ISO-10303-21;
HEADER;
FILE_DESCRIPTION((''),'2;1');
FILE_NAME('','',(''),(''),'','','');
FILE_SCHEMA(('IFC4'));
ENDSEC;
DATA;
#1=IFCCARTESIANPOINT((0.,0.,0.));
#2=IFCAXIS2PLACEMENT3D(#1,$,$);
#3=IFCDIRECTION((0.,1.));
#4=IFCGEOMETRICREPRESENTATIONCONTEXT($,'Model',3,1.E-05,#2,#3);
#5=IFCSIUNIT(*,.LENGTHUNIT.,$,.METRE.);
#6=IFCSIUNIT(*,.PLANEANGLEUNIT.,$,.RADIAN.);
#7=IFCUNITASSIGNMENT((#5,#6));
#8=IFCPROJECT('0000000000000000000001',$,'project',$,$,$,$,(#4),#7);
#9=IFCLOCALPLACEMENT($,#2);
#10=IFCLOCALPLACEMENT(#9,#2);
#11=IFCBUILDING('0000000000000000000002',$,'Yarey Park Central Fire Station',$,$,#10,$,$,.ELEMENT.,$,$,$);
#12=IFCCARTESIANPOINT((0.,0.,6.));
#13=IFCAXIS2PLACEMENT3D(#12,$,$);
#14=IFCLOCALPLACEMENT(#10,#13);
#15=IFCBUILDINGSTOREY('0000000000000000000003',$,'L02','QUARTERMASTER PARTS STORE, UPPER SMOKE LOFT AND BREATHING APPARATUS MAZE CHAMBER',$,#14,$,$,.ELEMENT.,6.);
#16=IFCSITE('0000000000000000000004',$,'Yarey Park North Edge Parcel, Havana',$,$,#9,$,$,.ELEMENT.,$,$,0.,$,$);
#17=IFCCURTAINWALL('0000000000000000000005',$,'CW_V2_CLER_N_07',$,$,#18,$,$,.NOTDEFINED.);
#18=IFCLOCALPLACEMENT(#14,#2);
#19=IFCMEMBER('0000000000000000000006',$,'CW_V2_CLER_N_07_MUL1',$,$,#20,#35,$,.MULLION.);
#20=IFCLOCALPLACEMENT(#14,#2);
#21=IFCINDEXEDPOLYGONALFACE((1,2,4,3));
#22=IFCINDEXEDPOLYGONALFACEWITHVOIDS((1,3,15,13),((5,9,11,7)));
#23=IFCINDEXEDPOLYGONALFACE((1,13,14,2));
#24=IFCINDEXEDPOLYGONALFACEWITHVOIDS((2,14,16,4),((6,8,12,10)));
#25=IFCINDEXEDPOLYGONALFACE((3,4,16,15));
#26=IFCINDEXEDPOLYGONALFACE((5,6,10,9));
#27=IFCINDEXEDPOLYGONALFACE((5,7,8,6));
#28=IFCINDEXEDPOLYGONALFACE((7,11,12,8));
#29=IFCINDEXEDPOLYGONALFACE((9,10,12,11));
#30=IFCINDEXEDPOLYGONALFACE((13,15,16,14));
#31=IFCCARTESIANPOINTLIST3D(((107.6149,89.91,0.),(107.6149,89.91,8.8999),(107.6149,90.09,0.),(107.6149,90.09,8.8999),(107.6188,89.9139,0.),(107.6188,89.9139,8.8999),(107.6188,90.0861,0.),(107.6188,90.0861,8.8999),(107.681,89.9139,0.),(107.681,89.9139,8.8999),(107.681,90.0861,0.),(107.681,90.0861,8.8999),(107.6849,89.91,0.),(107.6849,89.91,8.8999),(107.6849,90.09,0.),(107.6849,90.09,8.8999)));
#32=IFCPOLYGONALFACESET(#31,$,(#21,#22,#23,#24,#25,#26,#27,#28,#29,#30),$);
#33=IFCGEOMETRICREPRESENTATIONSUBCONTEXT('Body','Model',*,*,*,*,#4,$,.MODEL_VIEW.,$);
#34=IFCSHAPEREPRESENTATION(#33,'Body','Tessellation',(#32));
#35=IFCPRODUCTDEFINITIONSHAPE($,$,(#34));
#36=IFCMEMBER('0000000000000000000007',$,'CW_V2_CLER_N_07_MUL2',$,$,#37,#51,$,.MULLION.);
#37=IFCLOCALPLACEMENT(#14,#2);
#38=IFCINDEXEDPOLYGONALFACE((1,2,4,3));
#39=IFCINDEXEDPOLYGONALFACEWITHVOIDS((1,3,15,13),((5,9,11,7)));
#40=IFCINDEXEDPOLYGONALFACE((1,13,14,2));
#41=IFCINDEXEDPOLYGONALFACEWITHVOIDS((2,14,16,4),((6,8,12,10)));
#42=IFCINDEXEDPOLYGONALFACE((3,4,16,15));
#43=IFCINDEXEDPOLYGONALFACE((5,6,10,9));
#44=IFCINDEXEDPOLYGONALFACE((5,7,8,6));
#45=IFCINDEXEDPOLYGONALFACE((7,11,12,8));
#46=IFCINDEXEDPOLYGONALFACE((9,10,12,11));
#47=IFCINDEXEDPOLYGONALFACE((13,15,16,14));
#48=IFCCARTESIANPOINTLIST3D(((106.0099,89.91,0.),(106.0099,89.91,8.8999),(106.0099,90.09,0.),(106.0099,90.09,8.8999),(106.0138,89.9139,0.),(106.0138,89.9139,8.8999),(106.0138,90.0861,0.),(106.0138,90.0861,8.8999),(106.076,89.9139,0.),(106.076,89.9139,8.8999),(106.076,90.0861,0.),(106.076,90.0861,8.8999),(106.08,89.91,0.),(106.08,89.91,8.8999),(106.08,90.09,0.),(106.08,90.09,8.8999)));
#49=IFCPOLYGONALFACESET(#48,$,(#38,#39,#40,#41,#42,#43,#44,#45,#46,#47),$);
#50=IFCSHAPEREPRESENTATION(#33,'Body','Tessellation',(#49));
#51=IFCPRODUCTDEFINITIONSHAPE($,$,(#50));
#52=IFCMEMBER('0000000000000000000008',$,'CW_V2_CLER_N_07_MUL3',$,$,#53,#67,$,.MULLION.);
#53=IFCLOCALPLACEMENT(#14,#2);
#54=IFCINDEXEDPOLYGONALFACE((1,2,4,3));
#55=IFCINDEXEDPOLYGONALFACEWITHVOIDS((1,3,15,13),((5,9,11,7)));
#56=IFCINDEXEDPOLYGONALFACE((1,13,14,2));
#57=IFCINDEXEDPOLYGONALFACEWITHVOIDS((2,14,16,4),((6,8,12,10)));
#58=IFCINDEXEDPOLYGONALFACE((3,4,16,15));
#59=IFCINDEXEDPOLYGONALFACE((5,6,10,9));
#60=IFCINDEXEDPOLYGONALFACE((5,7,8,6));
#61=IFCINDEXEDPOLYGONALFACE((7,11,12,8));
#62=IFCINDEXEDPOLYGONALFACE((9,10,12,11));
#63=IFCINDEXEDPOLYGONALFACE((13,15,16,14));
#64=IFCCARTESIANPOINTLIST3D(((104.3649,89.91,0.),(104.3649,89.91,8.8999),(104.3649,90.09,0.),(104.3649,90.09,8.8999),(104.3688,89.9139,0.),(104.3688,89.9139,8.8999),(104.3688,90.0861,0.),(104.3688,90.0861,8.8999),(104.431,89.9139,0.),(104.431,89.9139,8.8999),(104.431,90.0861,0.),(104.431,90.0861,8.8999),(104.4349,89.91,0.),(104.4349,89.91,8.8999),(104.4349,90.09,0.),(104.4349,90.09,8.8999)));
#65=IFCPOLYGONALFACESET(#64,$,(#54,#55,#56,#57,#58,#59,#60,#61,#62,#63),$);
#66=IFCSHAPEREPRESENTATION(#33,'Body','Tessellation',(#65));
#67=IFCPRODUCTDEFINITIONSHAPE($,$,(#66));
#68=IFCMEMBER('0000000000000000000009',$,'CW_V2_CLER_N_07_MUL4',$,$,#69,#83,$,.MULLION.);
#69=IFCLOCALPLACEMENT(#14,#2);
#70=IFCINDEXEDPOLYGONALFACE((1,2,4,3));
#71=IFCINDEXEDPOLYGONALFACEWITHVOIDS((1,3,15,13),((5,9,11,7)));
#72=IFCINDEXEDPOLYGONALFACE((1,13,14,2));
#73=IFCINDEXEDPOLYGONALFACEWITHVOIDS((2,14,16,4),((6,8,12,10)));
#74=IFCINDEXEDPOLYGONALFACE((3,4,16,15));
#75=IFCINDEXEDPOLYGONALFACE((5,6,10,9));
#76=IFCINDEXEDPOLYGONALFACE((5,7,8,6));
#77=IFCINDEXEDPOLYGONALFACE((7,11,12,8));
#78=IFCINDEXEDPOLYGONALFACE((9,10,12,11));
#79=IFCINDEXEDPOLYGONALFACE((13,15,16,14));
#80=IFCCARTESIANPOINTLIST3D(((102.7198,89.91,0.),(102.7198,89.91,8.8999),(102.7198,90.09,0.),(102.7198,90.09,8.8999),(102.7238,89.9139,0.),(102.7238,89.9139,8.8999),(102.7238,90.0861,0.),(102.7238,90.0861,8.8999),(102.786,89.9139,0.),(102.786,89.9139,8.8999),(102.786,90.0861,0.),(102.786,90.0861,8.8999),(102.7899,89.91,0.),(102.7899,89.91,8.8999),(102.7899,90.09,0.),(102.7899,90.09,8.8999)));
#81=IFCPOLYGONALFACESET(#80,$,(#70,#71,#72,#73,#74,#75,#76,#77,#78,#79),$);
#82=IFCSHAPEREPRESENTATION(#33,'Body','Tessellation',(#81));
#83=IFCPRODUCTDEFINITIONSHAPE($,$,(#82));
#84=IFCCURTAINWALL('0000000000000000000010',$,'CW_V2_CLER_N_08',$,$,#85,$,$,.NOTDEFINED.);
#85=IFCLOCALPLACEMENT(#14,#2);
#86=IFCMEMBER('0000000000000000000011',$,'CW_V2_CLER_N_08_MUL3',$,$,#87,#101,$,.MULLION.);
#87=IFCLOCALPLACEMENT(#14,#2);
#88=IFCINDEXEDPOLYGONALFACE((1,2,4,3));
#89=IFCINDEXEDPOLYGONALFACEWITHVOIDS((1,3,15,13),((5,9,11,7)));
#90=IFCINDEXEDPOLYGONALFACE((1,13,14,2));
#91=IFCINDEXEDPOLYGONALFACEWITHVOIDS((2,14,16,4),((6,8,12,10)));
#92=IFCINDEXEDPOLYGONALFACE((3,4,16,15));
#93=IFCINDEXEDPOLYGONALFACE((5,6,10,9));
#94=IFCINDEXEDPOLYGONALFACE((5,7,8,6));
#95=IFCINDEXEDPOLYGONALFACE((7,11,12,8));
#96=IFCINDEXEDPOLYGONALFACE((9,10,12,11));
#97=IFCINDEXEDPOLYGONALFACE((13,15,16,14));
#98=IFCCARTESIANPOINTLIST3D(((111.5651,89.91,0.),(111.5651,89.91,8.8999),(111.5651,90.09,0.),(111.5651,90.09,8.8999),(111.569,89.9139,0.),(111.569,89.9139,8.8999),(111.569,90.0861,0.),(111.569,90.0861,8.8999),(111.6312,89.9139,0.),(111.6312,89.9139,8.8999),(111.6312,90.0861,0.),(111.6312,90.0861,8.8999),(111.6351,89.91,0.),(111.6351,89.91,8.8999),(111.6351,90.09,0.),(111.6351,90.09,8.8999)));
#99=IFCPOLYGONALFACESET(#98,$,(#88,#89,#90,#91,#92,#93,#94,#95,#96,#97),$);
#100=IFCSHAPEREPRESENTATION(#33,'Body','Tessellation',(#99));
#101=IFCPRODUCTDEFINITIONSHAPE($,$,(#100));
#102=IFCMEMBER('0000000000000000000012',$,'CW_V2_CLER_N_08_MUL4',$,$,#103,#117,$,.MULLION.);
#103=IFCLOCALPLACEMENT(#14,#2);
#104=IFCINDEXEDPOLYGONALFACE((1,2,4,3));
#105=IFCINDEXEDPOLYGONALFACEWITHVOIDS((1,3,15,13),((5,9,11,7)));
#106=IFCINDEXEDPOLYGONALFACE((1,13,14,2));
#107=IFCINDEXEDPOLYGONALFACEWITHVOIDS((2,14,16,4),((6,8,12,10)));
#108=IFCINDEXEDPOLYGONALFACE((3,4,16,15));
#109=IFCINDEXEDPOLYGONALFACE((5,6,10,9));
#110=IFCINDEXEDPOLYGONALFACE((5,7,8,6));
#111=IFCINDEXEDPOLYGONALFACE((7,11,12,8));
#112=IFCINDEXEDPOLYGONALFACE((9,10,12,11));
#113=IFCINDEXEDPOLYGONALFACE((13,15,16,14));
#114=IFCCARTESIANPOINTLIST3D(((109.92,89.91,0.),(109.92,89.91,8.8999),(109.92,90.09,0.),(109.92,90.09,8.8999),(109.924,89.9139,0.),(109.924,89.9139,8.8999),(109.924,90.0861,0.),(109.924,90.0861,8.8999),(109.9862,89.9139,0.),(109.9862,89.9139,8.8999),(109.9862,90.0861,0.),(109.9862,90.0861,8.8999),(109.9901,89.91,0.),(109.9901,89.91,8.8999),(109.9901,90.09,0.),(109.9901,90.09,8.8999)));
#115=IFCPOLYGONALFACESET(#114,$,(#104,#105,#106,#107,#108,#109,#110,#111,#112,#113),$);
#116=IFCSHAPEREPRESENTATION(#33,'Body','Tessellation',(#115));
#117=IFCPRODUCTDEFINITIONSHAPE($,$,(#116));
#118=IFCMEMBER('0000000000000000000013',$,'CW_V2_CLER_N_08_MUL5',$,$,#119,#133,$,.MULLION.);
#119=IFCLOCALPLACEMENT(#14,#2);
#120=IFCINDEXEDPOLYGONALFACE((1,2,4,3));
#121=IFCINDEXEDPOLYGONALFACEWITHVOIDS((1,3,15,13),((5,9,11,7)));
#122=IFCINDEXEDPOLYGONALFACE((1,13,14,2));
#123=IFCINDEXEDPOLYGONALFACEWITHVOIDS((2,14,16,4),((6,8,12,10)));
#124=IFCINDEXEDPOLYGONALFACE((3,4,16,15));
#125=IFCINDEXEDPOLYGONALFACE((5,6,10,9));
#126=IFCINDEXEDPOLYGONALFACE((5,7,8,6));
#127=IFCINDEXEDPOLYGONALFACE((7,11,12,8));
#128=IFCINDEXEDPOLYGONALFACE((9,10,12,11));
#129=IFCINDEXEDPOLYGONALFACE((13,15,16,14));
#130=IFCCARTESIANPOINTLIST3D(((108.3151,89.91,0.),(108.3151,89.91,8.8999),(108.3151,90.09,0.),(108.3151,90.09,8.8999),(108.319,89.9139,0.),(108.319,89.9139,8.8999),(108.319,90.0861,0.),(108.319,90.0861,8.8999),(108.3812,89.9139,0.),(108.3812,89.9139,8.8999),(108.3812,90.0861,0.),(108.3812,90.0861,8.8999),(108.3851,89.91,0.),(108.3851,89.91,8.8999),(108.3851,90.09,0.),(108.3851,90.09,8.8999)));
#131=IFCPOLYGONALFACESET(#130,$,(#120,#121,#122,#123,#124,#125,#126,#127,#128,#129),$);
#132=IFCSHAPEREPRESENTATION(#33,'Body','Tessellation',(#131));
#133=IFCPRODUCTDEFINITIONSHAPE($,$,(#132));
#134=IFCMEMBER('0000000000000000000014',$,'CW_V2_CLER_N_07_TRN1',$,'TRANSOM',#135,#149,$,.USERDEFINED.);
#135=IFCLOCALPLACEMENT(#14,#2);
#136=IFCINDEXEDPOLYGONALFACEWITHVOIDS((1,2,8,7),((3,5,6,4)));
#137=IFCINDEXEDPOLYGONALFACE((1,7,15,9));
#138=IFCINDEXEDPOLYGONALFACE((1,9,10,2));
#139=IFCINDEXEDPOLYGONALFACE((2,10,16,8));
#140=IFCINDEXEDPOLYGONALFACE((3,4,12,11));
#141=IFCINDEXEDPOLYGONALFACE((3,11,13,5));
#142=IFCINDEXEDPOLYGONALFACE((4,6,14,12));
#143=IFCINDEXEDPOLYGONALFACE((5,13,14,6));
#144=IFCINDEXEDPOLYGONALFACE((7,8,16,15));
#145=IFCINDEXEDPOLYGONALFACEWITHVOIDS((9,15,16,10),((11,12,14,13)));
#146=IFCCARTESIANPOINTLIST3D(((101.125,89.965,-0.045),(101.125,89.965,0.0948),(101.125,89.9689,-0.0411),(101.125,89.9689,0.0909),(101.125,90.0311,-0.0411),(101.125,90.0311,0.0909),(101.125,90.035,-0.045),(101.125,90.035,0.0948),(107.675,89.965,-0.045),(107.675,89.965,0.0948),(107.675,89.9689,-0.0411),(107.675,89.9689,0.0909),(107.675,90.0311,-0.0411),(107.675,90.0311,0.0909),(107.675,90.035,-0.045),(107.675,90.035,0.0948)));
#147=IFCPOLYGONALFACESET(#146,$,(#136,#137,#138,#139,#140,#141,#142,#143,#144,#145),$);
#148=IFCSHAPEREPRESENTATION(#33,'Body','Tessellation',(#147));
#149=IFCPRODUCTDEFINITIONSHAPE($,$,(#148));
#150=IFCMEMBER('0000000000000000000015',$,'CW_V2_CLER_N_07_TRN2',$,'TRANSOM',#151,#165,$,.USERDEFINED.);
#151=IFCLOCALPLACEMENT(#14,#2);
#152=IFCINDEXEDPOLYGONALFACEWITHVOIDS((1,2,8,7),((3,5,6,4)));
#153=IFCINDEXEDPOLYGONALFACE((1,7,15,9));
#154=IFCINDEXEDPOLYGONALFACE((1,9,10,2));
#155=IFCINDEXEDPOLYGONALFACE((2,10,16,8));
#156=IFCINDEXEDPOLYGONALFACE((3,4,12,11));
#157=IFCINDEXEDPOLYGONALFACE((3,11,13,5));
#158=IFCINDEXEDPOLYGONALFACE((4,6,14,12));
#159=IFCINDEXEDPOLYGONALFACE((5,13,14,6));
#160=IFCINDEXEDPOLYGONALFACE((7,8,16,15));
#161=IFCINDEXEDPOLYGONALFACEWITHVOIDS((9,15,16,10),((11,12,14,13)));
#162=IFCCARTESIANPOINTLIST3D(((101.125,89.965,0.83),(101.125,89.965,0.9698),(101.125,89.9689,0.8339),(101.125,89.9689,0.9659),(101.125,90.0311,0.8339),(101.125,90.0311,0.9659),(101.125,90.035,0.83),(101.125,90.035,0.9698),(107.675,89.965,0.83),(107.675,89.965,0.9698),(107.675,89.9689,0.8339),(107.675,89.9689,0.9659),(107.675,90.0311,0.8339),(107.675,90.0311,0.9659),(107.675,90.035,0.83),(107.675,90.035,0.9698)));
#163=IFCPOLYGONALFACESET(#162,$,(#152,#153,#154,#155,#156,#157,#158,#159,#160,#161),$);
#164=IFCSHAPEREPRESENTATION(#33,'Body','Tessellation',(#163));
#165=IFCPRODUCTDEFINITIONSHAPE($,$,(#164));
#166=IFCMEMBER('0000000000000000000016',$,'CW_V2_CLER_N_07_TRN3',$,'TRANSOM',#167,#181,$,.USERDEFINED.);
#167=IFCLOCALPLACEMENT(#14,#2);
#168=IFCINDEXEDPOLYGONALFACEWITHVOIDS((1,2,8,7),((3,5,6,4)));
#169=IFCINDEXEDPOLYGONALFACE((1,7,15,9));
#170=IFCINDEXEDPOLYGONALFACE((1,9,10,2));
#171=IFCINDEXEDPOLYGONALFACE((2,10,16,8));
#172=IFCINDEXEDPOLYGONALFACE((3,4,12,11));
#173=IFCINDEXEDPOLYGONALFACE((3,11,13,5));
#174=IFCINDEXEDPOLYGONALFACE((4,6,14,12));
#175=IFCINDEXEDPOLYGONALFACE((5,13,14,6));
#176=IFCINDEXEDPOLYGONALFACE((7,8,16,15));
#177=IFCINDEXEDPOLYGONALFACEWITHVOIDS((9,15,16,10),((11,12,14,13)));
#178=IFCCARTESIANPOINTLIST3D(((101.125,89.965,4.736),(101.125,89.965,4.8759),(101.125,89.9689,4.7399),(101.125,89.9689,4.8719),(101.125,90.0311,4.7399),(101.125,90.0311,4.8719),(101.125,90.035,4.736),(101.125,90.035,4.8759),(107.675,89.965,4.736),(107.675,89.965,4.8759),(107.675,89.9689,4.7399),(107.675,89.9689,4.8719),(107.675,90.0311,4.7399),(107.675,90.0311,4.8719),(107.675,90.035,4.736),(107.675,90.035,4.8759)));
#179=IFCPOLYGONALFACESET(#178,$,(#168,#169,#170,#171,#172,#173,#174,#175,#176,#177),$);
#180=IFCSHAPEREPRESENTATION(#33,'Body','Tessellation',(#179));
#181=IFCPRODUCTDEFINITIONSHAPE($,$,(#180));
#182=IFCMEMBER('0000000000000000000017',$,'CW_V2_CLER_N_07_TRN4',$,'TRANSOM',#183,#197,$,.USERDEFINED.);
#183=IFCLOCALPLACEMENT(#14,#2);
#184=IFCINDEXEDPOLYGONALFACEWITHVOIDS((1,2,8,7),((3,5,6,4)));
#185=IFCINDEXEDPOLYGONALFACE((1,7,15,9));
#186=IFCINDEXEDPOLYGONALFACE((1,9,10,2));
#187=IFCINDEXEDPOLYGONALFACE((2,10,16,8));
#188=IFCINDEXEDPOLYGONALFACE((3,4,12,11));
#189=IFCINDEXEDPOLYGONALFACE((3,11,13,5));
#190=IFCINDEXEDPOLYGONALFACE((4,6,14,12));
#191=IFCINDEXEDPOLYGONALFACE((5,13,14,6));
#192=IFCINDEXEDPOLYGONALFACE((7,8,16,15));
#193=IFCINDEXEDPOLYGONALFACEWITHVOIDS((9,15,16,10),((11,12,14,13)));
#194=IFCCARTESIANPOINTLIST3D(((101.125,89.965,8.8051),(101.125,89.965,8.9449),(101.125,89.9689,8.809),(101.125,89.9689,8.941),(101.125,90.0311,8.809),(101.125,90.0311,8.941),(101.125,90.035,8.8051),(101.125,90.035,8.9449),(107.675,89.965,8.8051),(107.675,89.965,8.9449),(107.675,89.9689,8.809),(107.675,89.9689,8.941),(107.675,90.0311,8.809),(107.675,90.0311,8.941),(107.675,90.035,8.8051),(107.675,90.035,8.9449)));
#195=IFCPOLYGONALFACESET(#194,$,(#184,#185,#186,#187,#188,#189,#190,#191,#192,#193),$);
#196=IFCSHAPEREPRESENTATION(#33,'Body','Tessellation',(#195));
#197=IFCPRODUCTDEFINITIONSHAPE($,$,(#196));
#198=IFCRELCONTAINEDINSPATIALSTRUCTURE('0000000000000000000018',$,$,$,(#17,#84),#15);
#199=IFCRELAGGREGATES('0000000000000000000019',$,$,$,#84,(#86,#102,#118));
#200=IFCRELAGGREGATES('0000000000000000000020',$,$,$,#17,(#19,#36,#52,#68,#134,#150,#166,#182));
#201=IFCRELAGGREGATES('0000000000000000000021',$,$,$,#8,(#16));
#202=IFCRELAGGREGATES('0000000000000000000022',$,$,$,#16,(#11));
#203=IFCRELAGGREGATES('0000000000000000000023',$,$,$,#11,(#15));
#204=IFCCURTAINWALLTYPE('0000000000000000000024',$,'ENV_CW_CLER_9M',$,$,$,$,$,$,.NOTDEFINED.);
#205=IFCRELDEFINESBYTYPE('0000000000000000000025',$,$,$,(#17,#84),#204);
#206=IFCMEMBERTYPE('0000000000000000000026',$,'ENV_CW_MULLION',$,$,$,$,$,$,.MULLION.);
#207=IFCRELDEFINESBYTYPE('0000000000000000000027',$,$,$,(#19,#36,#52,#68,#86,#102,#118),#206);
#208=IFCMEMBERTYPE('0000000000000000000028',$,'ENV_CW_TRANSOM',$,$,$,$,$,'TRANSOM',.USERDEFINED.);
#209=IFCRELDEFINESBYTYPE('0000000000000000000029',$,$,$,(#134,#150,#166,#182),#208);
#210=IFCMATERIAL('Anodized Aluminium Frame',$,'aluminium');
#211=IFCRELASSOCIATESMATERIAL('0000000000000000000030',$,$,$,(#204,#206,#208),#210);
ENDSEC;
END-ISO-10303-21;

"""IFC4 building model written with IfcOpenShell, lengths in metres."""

from ifc_helpers import new_model, si_unit, direction, frame, origin, origin_2d, place, context, subcontext, project, spatial, hollow_rectangle, extrude, material, material_profile, profile_set, type_object, element, aggregate, save


model = new_model("IFC4")

# Units and contexts
model_context = context("Model", 3, precision=1e-05, world=origin(), true_north=direction((0.0, 1.0)))
body_context = subcontext(model_context, "Body", "Model", "MODEL_VIEW")
ifc_project = project(units=[si_unit("LENGTHUNIT", "METRE"), si_unit("PLANEANGLEUNIT", "RADIAN")], contexts=[model_context])

# Site, building, storey
site_placement = place(None, origin())
site = spatial("IfcSite", under=ifc_project, at=site_placement, Name="Yarey Park North Edge Parcel, Havana", CompositionType="ELEMENT", RefElevation=0.0)
building_placement = place(site_placement, origin())
building = spatial("IfcBuilding", under=site, at=building_placement, Name="Yarey Park Central Fire Station", CompositionType="ELEMENT")
storey_placement = place(building_placement, frame((0.0, 0.0, 6.0)))
storey = spatial("IfcBuildingStorey", under=building, at=storey_placement, Name="L02", Description="QUARTERMASTER PARTS STORE, UPPER SMOKE LOFT AND BREATHING APPARATUS MAZE CHAMBER", CompositionType="ELEMENT", Elevation=6.0)

# Curtain walls, members
ifc_material_1 = material(Name="Anodized Aluminium Frame", Category="aluminium")
curtain_wall_type = type_object("IfcCurtainWallType", Name="ENV_CW_CLER_9M", PredefinedType="NOTDEFINED", material=ifc_material_1)
curtain_wall_1_placement = place(storey_placement, origin())
curtain_wall_1 = element("IfcCurtainWall", 1, at=curtain_wall_1_placement, inside=storey, type_object=curtain_wall_type, Name="CW_V2_CLER_N_07", PredefinedType="NOTDEFINED")
ifc_material_profile_1 = material_profile(ifc_material_1, hollow_rectangle(XDim=0.0701, YDim=0.1799, WallThickness=0.0039, at=origin_2d()), Name="ALU 180x70x4")
ifc_profile_set_1 = profile_set([ifc_material_profile_1], Name="Anodized Aluminium Frame")
member_type_1 = type_object("IfcMemberType", Name="ENV_CW_MULLION", PredefinedType="MULLION", material=ifc_profile_set_1)
member_1_placement = place(storey_placement, frame((107.6499, 90.0, 0.0), z_axis=(0.0, 0.0, 1.0), x_axis=(1.0, 0.0, 0.0)))
member_1 = element("IfcMember", 2, at=member_1_placement, type_object=member_type_1, Name="CW_V2_CLER_N_07_MUL1", PredefinedType="MULLION", context=body_context, shape_type="SweptSolid", body=[
    extrude(hollow_rectangle(XDim=0.0701, YDim=0.1799, WallThickness=0.0039, at=origin_2d()), origin(), (0.0, 0.0, 1.0), 8.8999),
])
member_2_placement = place(storey_placement, frame((106.0449, 90.0, 0.0), z_axis=(0.0, 0.0, 1.0), x_axis=(1.0, 0.0, 0.0)))
member_2 = element("IfcMember", 3, at=member_2_placement, type_object=member_type_1, Name="CW_V2_CLER_N_07_MUL2", PredefinedType="MULLION", context=body_context, shape_type="SweptSolid", body=[
    extrude(hollow_rectangle(XDim=0.0701, YDim=0.1799, WallThickness=0.0039, at=origin_2d()), origin(), (0.0, 0.0, 1.0), 8.8999),
])
member_3_placement = place(storey_placement, frame((104.3999, 90.0, 0.0), z_axis=(0.0, 0.0, 1.0), x_axis=(1.0, 0.0, 0.0)))
member_3 = element("IfcMember", 4, at=member_3_placement, type_object=member_type_1, Name="CW_V2_CLER_N_07_MUL3", PredefinedType="MULLION", context=body_context, shape_type="SweptSolid", body=[
    extrude(hollow_rectangle(XDim=0.0701, YDim=0.1799, WallThickness=0.0039, at=origin_2d()), origin(), (0.0, 0.0, 1.0), 8.8999),
])
member_4_placement = place(storey_placement, frame((102.7549, 90.0, 0.0), z_axis=(0.0, 0.0, 1.0), x_axis=(1.0, 0.0, 0.0)))
member_4 = element("IfcMember", 5, at=member_4_placement, type_object=member_type_1, Name="CW_V2_CLER_N_07_MUL4", PredefinedType="MULLION", context=body_context, shape_type="SweptSolid", body=[
    extrude(hollow_rectangle(XDim=0.0701, YDim=0.1799, WallThickness=0.0039, at=origin_2d()), origin(), (0.0, 0.0, 1.0), 8.8999),
])
curtain_wall_2_placement = place(storey_placement, origin())
curtain_wall_2 = element("IfcCurtainWall", 6, at=curtain_wall_2_placement, inside=storey, type_object=curtain_wall_type, Name="CW_V2_CLER_N_08", PredefinedType="NOTDEFINED")
member_5_placement = place(storey_placement, frame((111.6001, 90.0, 0.0), z_axis=(0.0, 0.0, 1.0), x_axis=(1.0, 0.0, 0.0)))
member_5 = element("IfcMember", 7, at=member_5_placement, type_object=member_type_1, Name="CW_V2_CLER_N_08_MUL3", PredefinedType="MULLION", context=body_context, shape_type="SweptSolid", body=[
    extrude(hollow_rectangle(XDim=0.0701, YDim=0.1799, WallThickness=0.0039, at=origin_2d()), origin(), (0.0, 0.0, 1.0), 8.8999),
])
member_6_placement = place(storey_placement, frame((109.9551, 90.0, 0.0), z_axis=(0.0, 0.0, 1.0), x_axis=(1.0, 0.0, 0.0)))
member_6 = element("IfcMember", 8, at=member_6_placement, type_object=member_type_1, Name="CW_V2_CLER_N_08_MUL4", PredefinedType="MULLION", context=body_context, shape_type="SweptSolid", body=[
    extrude(hollow_rectangle(XDim=0.0701, YDim=0.1799, WallThickness=0.0039, at=origin_2d()), origin(), (0.0, 0.0, 1.0), 8.8999),
])
member_7_placement = place(storey_placement, frame((108.3501, 90.0, 0.0), z_axis=(0.0, 0.0, 1.0), x_axis=(1.0, 0.0, 0.0)))
member_7 = element("IfcMember", 9, at=member_7_placement, type_object=member_type_1, Name="CW_V2_CLER_N_08_MUL5", PredefinedType="MULLION", context=body_context, shape_type="SweptSolid", body=[
    extrude(hollow_rectangle(XDim=0.0701, YDim=0.1799, WallThickness=0.0039, at=origin_2d()), origin(), (0.0, 0.0, 1.0), 8.8999),
])

# Members
ifc_material_profile_2 = material_profile(ifc_material_1, hollow_rectangle(XDim=0.0701, YDim=0.1399, WallThickness=0.0039, at=origin_2d()), Name="ALU 140x70x4")
ifc_profile_set_2 = profile_set([ifc_material_profile_2], Name="Anodized Aluminium Frame")
member_type_2 = type_object("IfcMemberType", Name="ENV_CW_TRANSOM", ElementType="TRANSOM", PredefinedType="USERDEFINED", material=ifc_profile_set_2)
member_8_placement = place(storey_placement, frame((107.675, 90.0, 0.0249), z_axis=(-1.0, 0.0, 0.0), x_axis=(0.0, -1.0, 0.0)))
member_8 = element("IfcMember", 10, at=member_8_placement, type_object=member_type_2, Name="CW_V2_CLER_N_07_TRN1", ObjectType="TRANSOM", PredefinedType="USERDEFINED", context=body_context, shape_type="SweptSolid", body=[
    extrude(hollow_rectangle(XDim=0.0701, YDim=0.1399, WallThickness=0.0039, at=origin_2d()), origin(), (0.0, 0.0, 1.0), 6.55),
])
member_9_placement = place(storey_placement, frame((107.675, 90.0, 0.8999), z_axis=(-1.0, 0.0, 0.0), x_axis=(0.0, -1.0, 0.0)))
member_9 = element("IfcMember", 11, at=member_9_placement, type_object=member_type_2, Name="CW_V2_CLER_N_07_TRN2", ObjectType="TRANSOM", PredefinedType="USERDEFINED", context=body_context, shape_type="SweptSolid", body=[
    extrude(hollow_rectangle(XDim=0.0701, YDim=0.1399, WallThickness=0.0039, at=origin_2d()), origin(), (0.0, 0.0, 1.0), 6.55),
])
member_10_placement = place(storey_placement, frame((107.675, 90.0, 4.8059), z_axis=(-1.0, 0.0, 0.0), x_axis=(0.0, -1.0, 0.0)))
member_10 = element("IfcMember", 12, at=member_10_placement, type_object=member_type_2, Name="CW_V2_CLER_N_07_TRN3", ObjectType="TRANSOM", PredefinedType="USERDEFINED", context=body_context, shape_type="SweptSolid", body=[
    extrude(hollow_rectangle(XDim=0.0701, YDim=0.1399, WallThickness=0.0039, at=origin_2d()), origin(), (0.0, 0.0, 1.0), 6.55),
])
member_11_placement = place(storey_placement, frame((107.675, 90.0, 8.875), z_axis=(-1.0, 0.0, 0.0), x_axis=(0.0, -1.0, 0.0)))
member_11 = element("IfcMember", 13, at=member_11_placement, type_object=member_type_2, Name="CW_V2_CLER_N_07_TRN4", ObjectType="TRANSOM", PredefinedType="USERDEFINED", context=body_context, shape_type="SweptSolid", body=[
    extrude(hollow_rectangle(XDim=0.0701, YDim=0.1399, WallThickness=0.0039, at=origin_2d()), origin(), (0.0, 0.0, 1.0), 6.55),
])

aggregate(curtain_wall_2, [member_5, member_6, member_7])
aggregate(curtain_wall_1, [member_1, member_2, member_3, member_4, member_8, member_9, member_10, member_11])

save(model, "model.ifc")
